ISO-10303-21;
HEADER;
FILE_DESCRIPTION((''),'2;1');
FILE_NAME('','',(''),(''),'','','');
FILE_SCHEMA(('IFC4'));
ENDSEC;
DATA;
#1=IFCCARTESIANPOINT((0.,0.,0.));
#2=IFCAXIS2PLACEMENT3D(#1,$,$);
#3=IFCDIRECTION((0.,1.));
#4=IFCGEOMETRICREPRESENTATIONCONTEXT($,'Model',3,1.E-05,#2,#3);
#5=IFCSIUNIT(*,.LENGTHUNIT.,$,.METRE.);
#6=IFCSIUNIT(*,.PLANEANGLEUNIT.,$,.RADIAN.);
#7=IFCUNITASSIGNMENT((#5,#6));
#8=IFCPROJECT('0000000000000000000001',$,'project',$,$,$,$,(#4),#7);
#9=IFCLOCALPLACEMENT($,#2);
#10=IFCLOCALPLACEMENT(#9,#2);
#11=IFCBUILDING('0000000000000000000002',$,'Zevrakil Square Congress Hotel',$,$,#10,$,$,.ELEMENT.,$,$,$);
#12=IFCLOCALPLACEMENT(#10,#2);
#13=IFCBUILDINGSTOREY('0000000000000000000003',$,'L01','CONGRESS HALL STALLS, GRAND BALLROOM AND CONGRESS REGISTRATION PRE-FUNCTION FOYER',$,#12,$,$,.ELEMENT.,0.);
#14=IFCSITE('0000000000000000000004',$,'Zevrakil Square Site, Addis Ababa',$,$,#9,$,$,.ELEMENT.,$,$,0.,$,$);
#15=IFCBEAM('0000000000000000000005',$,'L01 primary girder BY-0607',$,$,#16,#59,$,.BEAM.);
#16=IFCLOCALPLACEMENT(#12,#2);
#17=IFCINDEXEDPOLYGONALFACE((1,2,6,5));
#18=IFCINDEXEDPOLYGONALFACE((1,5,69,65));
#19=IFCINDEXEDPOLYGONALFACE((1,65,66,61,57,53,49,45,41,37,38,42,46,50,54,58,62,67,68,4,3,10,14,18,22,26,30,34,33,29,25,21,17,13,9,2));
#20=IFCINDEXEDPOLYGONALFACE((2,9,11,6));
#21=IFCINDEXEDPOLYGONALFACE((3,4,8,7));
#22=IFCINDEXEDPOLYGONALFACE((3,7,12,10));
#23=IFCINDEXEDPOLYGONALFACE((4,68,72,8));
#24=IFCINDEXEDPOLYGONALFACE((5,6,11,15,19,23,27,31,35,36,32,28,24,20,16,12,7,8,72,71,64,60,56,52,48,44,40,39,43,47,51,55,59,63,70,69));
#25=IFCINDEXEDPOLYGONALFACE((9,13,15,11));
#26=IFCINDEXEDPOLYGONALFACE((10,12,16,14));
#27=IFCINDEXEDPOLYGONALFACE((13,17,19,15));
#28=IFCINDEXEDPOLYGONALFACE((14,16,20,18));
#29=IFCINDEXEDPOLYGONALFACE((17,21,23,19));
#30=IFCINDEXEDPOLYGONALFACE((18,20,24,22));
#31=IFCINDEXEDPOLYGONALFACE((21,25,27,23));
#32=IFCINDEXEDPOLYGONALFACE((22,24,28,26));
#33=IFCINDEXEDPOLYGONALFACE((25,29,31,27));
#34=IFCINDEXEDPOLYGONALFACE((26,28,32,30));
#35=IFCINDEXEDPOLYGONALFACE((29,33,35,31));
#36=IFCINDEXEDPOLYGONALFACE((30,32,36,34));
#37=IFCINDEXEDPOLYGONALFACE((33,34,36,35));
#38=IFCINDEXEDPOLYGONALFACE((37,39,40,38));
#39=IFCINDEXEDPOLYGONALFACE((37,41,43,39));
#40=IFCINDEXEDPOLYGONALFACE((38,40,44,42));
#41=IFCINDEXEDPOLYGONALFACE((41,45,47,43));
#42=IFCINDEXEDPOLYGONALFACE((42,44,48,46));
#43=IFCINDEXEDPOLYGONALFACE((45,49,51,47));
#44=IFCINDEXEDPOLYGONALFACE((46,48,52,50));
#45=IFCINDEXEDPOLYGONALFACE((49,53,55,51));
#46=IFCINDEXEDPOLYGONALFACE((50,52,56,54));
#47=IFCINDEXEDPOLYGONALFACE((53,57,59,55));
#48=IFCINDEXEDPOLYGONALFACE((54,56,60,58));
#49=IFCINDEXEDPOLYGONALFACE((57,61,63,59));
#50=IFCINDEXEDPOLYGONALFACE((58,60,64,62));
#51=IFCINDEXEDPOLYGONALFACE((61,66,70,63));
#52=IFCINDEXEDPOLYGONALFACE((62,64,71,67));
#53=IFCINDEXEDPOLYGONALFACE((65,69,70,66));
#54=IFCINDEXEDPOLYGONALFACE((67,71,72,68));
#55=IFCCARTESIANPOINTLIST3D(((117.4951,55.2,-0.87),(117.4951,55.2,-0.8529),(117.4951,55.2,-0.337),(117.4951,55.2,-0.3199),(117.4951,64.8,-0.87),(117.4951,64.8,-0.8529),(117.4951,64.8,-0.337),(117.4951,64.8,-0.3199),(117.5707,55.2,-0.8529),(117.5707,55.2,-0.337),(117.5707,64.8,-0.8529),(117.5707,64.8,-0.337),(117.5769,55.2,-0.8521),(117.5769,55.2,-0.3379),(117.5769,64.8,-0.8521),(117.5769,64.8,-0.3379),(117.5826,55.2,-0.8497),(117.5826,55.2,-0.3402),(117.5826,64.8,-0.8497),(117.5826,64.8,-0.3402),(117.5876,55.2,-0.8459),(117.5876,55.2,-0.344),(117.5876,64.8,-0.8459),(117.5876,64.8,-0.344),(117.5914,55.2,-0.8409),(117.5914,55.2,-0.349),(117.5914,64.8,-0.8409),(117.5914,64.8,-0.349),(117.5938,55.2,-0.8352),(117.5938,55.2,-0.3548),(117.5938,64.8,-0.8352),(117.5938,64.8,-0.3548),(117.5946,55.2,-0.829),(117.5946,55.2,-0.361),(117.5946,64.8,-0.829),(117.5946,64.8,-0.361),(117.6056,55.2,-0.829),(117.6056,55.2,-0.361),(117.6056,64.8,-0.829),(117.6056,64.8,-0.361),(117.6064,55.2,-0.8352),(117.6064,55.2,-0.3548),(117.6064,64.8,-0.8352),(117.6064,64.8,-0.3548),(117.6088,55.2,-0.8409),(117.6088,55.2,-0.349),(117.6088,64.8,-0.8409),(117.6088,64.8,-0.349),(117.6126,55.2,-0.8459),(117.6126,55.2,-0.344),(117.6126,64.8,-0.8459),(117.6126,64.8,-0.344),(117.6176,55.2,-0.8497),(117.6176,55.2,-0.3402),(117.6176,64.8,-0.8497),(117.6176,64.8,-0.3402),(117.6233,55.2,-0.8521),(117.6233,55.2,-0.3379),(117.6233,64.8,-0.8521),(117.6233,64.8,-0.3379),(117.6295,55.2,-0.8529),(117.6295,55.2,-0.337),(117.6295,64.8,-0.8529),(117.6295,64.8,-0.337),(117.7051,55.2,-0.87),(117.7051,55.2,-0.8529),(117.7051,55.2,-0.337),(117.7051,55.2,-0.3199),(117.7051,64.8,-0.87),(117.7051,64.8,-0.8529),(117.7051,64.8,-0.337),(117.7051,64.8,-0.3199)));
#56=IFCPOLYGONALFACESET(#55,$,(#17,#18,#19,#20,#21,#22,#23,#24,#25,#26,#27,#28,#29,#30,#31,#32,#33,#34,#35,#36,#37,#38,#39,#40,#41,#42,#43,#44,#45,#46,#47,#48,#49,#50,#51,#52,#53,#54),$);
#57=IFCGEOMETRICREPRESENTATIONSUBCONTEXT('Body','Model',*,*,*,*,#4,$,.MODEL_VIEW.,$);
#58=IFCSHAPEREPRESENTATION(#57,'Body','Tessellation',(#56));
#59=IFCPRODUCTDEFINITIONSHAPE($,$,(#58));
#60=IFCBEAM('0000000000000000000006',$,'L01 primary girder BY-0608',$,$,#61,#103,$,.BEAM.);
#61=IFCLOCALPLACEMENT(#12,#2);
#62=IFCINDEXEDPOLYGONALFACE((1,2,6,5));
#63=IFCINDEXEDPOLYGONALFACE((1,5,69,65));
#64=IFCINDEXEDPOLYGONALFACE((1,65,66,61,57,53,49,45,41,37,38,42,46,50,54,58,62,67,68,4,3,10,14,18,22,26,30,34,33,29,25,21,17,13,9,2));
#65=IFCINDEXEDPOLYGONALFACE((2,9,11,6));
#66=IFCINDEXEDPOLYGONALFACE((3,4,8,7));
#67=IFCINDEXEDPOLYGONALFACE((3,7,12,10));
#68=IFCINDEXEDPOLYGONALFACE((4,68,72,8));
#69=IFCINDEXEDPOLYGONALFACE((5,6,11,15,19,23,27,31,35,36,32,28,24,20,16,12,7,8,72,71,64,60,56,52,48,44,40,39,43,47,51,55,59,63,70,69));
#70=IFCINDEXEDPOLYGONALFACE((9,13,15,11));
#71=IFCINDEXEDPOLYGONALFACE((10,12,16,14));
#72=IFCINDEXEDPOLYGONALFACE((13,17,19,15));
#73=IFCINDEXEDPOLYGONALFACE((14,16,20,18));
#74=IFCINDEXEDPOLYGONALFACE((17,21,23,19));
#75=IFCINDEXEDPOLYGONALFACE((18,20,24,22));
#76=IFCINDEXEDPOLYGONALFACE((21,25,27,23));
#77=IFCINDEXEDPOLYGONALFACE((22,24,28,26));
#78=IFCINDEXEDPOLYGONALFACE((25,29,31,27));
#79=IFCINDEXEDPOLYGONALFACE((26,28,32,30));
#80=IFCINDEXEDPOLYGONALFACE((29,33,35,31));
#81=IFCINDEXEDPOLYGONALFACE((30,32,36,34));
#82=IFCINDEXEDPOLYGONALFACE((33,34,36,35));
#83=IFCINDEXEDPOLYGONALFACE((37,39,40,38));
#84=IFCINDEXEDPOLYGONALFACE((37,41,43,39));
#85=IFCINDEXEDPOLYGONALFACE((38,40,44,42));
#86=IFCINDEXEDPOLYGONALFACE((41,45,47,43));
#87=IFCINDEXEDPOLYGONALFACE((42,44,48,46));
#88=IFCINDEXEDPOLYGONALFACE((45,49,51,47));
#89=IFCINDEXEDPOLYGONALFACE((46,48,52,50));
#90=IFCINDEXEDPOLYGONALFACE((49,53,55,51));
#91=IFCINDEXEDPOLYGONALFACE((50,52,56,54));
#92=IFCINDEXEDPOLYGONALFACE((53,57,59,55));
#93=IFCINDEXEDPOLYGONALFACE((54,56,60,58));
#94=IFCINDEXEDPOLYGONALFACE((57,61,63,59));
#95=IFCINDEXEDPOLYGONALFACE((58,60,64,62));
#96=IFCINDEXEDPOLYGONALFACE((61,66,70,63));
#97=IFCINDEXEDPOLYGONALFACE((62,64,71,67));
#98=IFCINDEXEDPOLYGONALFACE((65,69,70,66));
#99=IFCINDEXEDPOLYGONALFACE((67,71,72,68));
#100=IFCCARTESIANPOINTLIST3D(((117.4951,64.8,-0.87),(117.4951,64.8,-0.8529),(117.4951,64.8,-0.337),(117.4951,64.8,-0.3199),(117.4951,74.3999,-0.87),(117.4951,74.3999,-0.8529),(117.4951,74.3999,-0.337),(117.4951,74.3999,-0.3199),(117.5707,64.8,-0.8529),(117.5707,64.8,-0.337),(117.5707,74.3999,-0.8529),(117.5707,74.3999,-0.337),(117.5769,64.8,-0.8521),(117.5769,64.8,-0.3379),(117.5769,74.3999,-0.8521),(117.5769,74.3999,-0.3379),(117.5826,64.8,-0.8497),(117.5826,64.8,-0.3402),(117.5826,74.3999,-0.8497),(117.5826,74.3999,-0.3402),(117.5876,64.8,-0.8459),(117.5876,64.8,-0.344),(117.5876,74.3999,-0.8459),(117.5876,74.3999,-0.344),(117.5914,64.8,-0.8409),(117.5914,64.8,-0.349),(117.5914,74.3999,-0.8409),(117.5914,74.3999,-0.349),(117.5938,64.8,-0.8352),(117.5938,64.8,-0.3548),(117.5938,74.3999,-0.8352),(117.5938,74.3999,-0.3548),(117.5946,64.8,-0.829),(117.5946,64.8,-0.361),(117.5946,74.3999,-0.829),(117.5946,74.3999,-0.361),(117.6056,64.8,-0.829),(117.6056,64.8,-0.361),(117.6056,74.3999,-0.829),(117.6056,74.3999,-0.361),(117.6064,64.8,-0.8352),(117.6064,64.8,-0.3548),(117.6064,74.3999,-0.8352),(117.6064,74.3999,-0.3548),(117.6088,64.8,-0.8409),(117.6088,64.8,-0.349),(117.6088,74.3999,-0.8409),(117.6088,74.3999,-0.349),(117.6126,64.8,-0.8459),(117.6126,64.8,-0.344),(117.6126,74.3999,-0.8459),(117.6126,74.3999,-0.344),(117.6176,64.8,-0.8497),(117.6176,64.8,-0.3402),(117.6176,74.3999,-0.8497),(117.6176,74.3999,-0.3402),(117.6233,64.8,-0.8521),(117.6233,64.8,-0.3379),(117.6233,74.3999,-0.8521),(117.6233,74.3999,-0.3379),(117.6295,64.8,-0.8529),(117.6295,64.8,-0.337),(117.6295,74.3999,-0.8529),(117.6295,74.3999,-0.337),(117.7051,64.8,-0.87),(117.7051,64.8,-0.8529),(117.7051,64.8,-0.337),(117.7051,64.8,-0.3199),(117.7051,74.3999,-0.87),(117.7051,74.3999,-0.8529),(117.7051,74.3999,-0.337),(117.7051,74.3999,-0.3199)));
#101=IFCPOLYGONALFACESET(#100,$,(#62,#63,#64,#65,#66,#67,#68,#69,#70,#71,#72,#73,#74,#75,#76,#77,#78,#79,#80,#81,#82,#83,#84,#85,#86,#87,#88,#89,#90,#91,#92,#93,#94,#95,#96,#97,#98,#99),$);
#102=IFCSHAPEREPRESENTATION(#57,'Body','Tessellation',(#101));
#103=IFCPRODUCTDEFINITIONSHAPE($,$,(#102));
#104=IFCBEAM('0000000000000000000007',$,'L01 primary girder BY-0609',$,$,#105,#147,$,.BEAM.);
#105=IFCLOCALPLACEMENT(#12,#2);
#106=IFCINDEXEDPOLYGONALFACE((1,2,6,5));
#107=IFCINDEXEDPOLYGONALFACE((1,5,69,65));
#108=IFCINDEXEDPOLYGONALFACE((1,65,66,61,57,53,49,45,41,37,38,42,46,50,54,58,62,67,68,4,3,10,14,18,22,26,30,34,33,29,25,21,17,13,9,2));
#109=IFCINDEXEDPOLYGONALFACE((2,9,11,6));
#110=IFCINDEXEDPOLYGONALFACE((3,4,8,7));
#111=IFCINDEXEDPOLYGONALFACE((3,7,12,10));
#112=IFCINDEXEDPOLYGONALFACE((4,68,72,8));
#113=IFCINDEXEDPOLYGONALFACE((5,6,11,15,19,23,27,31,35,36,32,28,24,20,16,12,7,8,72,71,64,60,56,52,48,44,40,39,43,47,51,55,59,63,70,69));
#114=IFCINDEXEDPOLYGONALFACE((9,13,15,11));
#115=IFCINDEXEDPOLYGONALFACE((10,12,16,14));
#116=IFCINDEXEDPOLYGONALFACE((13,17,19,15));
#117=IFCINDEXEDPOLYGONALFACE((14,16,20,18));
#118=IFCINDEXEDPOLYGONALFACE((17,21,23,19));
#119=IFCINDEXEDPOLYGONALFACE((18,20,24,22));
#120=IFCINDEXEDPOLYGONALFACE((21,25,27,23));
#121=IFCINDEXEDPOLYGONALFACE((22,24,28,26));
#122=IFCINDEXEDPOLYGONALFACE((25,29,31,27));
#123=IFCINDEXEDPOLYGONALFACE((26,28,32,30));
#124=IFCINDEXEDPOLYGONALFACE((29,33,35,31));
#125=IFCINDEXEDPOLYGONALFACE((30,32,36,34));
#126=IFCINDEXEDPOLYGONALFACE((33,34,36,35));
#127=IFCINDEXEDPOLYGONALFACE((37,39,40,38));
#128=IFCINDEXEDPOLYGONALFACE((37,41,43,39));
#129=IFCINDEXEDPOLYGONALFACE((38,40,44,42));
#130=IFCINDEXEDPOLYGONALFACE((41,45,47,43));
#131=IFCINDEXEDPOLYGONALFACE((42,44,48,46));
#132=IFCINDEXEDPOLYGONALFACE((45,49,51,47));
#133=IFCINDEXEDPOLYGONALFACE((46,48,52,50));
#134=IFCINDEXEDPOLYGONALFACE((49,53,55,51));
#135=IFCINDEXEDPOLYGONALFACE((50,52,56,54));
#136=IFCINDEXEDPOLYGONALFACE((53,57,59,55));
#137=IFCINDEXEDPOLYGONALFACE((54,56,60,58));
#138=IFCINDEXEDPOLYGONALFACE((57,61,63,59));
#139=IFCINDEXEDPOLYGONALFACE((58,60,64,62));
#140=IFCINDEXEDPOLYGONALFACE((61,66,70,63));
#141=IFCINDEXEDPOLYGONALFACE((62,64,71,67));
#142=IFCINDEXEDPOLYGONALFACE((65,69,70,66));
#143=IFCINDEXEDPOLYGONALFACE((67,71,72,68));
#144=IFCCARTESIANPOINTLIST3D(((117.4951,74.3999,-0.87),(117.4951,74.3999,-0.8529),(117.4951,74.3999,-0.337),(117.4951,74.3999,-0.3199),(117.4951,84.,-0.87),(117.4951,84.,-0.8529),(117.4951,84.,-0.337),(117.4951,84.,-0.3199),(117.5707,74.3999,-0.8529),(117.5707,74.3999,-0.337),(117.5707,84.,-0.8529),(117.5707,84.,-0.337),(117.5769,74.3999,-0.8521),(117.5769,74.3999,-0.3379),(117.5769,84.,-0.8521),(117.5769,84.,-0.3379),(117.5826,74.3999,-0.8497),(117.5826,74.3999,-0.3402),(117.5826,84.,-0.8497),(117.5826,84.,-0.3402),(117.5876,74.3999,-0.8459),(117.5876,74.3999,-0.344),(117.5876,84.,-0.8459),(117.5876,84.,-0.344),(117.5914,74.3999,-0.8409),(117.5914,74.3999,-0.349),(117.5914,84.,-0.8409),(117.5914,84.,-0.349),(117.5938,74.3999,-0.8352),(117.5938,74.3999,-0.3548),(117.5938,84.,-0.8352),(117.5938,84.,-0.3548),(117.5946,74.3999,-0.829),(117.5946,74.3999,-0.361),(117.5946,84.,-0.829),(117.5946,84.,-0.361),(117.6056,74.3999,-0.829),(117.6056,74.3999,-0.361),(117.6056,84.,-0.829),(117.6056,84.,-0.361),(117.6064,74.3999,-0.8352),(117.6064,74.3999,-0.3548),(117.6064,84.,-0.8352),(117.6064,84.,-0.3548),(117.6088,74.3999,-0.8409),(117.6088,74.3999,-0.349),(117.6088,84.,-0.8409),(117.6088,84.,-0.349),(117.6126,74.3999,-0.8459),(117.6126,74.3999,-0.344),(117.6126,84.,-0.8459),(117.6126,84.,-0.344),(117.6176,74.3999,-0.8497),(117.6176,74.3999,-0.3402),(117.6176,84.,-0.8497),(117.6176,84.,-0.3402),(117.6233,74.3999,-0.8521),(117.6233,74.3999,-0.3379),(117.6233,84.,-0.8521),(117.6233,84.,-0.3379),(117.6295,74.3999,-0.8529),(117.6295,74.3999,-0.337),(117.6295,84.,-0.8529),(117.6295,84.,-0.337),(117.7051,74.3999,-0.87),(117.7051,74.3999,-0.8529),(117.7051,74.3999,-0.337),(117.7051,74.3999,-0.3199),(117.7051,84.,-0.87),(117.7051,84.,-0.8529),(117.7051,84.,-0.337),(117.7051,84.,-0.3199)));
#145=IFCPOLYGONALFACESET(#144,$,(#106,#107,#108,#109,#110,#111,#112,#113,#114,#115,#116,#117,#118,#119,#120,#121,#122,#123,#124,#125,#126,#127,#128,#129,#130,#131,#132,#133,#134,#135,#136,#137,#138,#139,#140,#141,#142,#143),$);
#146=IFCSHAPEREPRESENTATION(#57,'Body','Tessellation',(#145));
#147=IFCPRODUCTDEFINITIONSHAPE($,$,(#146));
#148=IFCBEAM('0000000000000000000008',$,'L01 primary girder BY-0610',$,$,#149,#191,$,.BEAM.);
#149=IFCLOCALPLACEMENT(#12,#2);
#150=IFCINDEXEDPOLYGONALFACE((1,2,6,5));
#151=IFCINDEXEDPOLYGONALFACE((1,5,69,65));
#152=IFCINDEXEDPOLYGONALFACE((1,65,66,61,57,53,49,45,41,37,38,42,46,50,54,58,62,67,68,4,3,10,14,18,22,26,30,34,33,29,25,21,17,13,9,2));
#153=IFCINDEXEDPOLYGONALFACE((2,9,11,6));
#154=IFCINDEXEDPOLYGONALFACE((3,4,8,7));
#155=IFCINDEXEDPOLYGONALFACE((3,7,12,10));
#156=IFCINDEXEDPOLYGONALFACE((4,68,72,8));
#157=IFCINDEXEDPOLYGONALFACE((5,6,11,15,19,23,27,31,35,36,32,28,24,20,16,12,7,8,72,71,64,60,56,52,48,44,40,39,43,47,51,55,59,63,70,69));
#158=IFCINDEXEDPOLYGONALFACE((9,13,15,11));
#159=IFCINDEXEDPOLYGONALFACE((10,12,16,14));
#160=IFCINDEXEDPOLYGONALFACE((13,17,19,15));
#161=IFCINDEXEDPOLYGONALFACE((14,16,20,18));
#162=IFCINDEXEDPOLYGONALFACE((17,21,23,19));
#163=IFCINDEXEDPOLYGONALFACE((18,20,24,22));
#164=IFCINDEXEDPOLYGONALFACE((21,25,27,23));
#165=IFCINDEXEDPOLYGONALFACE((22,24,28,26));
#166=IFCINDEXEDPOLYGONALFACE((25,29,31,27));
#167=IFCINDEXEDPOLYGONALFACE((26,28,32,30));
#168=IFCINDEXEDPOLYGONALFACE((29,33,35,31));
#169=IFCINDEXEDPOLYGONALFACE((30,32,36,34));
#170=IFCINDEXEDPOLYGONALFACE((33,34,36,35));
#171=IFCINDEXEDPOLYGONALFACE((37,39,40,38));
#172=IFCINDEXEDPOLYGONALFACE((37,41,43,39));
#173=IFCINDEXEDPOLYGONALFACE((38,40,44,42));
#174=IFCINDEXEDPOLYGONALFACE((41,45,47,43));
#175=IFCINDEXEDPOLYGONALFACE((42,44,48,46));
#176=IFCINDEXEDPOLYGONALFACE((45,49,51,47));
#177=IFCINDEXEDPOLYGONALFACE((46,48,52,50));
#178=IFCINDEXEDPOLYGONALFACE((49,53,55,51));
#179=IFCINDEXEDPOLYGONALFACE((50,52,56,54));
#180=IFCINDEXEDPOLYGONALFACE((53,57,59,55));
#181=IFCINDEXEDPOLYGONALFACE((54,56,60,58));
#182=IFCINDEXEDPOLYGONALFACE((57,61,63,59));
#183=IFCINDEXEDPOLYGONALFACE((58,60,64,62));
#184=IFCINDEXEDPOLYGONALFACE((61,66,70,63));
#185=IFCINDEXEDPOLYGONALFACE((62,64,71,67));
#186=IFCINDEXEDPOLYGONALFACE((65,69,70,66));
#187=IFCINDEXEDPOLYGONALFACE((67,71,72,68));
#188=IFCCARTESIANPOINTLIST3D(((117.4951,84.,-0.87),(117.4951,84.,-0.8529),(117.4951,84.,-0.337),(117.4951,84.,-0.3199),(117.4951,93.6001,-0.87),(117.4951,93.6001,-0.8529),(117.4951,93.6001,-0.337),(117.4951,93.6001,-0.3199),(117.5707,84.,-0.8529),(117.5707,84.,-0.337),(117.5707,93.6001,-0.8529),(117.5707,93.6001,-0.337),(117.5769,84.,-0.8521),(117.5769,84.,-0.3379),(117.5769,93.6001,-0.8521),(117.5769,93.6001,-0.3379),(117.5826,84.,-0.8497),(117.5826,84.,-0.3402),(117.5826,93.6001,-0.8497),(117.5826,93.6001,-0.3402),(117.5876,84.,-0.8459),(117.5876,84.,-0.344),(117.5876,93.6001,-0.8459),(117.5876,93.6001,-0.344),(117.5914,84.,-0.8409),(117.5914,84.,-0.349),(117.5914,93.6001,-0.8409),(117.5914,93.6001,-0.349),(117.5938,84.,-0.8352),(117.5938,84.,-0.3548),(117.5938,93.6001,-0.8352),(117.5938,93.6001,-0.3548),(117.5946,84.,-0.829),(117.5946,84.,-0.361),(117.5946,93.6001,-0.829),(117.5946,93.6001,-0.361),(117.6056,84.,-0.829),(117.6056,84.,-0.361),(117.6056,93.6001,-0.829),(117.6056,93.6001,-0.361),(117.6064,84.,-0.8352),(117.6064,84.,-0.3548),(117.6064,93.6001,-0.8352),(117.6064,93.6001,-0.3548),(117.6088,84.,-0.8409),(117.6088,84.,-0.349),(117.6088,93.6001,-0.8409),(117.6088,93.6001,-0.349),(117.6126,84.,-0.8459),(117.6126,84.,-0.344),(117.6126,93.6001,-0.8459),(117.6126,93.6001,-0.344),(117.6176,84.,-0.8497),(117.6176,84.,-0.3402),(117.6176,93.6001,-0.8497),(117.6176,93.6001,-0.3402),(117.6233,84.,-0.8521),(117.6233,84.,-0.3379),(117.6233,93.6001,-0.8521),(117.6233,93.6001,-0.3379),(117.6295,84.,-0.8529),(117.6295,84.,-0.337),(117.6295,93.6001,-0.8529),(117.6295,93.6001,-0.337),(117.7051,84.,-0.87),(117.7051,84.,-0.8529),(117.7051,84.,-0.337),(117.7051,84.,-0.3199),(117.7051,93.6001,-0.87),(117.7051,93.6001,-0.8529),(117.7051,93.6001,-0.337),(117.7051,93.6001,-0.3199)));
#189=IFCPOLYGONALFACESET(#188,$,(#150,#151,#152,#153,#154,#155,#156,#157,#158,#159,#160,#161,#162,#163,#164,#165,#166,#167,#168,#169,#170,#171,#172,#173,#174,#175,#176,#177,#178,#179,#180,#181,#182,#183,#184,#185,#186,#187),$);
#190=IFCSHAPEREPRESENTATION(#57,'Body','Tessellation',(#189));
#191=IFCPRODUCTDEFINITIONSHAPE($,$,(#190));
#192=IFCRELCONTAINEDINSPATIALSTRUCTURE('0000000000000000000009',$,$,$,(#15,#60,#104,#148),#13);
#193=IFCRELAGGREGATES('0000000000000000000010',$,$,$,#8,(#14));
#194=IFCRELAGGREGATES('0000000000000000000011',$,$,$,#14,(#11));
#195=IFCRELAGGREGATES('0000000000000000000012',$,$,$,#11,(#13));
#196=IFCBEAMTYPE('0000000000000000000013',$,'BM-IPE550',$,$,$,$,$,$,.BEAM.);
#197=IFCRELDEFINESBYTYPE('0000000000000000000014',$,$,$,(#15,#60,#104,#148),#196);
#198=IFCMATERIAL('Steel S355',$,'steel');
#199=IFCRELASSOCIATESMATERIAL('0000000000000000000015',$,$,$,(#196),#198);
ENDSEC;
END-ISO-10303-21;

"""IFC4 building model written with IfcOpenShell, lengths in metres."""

from ifc_helpers import new_model, si_unit, direction, frame, origin, origin_2d, place, context, subcontext, project, spatial, i_section, extrude, material, material_profile, profile_set, type_object, element, save


model = new_model("IFC4")

# Units and contexts
model_context = context("Model", 3, precision=1e-05, world=origin(), true_north=direction((0.0, 1.0)))
body_context = subcontext(model_context, "Body", "Model", "MODEL_VIEW")
ifc_project = project(units=[si_unit("LENGTHUNIT", "METRE"), si_unit("PLANEANGLEUNIT", "RADIAN")], contexts=[model_context])

# Site, building, storey
site_placement = place(None, origin())
site = spatial("IfcSite", under=ifc_project, at=site_placement, Name="Zevrakil Square Site, Addis Ababa", CompositionType="ELEMENT", RefElevation=0.0)
building_placement = place(site_placement, origin())
building = spatial("IfcBuilding", under=site, at=building_placement, Name="Zevrakil Square Congress Hotel", CompositionType="ELEMENT")
storey_placement = place(building_placement, origin())
storey = spatial("IfcBuildingStorey", under=building, at=storey_placement, Name="L01", Description="CONGRESS HALL STALLS, GRAND BALLROOM AND CONGRESS REGISTRATION PRE-FUNCTION FOYER", CompositionType="ELEMENT", Elevation=0.0)

# Beams
ifc_material_1 = material(Name="Steel S355", Category="steel")
ifc_material_profile_1 = material_profile(ifc_material_1, i_section(OverallWidth=0.21, OverallDepth=0.55, WebThickness=0.011, FlangeThickness=0.0171, FilletRadius=0.0239, at=origin_2d()), Name="IPE 550")
ifc_profile_set_1 = profile_set([ifc_material_profile_1], Name="Steel S355")
beam_type_1 = type_object("IfcBeamType", Name="BM-IPE550", PredefinedType="BEAM", material=ifc_profile_set_1)
beam_1_placement = place(storey_placement, frame((117.6001, 55.2, -0.595), z_axis=(0.0, 1.0, 0.0), x_axis=(-1.0, 0.0, 0.0)))
element("IfcBeam", 1, at=beam_1_placement, inside=storey, type_object=beam_type_1, Name="L01 primary girder BY-0607", PredefinedType="BEAM", context=body_context, shape_type="SweptSolid", body=[
    extrude(i_section(OverallWidth=0.21, OverallDepth=0.55, WebThickness=0.011, FlangeThickness=0.0171, FilletRadius=0.0239, at=origin_2d()), origin(), (0.0, 0.0, 1.0), 9.6001),
])
beam_2_placement = place(storey_placement, frame((117.6001, 64.8, -0.595), z_axis=(0.0, 1.0, 0.0), x_axis=(-1.0, 0.0, 0.0)))
element("IfcBeam", 2, at=beam_2_placement, inside=storey, type_object=beam_type_1, Name="L01 primary girder BY-0608", PredefinedType="BEAM", context=body_context, shape_type="SweptSolid", body=[
    extrude(i_section(OverallWidth=0.21, OverallDepth=0.55, WebThickness=0.011, FlangeThickness=0.0171, FilletRadius=0.0239, at=origin_2d()), origin(), (0.0, 0.0, 1.0), 9.5999),
])
for number, where, z_axis, x_axis, name in (
    (3, (117.6001, 74.3999, -0.595), (0.0, 1.0, 0.0), (-1.0, 0.0, 0.0), "L01 primary girder BY-0609"),
    (4, (117.6001, 84.0, -0.595), (0.0, 1.0, 0.0), (-1.0, 0.0, 0.0), "L01 primary girder BY-0610"),
):
    element("IfcBeam", number, at=place(storey_placement, frame(where, z_axis=z_axis, x_axis=x_axis)), inside=storey, type_object=beam_type_1, Name=name, PredefinedType="BEAM", context=body_context, shape_type="SweptSolid", body=[
        extrude(i_section(OverallWidth=0.21, OverallDepth=0.55, WebThickness=0.011, FlangeThickness=0.0171, FilletRadius=0.0239, at=origin_2d()), origin(), (0.0, 0.0, 1.0), 9.6001),
    ])

save(model, "model.ifc")
